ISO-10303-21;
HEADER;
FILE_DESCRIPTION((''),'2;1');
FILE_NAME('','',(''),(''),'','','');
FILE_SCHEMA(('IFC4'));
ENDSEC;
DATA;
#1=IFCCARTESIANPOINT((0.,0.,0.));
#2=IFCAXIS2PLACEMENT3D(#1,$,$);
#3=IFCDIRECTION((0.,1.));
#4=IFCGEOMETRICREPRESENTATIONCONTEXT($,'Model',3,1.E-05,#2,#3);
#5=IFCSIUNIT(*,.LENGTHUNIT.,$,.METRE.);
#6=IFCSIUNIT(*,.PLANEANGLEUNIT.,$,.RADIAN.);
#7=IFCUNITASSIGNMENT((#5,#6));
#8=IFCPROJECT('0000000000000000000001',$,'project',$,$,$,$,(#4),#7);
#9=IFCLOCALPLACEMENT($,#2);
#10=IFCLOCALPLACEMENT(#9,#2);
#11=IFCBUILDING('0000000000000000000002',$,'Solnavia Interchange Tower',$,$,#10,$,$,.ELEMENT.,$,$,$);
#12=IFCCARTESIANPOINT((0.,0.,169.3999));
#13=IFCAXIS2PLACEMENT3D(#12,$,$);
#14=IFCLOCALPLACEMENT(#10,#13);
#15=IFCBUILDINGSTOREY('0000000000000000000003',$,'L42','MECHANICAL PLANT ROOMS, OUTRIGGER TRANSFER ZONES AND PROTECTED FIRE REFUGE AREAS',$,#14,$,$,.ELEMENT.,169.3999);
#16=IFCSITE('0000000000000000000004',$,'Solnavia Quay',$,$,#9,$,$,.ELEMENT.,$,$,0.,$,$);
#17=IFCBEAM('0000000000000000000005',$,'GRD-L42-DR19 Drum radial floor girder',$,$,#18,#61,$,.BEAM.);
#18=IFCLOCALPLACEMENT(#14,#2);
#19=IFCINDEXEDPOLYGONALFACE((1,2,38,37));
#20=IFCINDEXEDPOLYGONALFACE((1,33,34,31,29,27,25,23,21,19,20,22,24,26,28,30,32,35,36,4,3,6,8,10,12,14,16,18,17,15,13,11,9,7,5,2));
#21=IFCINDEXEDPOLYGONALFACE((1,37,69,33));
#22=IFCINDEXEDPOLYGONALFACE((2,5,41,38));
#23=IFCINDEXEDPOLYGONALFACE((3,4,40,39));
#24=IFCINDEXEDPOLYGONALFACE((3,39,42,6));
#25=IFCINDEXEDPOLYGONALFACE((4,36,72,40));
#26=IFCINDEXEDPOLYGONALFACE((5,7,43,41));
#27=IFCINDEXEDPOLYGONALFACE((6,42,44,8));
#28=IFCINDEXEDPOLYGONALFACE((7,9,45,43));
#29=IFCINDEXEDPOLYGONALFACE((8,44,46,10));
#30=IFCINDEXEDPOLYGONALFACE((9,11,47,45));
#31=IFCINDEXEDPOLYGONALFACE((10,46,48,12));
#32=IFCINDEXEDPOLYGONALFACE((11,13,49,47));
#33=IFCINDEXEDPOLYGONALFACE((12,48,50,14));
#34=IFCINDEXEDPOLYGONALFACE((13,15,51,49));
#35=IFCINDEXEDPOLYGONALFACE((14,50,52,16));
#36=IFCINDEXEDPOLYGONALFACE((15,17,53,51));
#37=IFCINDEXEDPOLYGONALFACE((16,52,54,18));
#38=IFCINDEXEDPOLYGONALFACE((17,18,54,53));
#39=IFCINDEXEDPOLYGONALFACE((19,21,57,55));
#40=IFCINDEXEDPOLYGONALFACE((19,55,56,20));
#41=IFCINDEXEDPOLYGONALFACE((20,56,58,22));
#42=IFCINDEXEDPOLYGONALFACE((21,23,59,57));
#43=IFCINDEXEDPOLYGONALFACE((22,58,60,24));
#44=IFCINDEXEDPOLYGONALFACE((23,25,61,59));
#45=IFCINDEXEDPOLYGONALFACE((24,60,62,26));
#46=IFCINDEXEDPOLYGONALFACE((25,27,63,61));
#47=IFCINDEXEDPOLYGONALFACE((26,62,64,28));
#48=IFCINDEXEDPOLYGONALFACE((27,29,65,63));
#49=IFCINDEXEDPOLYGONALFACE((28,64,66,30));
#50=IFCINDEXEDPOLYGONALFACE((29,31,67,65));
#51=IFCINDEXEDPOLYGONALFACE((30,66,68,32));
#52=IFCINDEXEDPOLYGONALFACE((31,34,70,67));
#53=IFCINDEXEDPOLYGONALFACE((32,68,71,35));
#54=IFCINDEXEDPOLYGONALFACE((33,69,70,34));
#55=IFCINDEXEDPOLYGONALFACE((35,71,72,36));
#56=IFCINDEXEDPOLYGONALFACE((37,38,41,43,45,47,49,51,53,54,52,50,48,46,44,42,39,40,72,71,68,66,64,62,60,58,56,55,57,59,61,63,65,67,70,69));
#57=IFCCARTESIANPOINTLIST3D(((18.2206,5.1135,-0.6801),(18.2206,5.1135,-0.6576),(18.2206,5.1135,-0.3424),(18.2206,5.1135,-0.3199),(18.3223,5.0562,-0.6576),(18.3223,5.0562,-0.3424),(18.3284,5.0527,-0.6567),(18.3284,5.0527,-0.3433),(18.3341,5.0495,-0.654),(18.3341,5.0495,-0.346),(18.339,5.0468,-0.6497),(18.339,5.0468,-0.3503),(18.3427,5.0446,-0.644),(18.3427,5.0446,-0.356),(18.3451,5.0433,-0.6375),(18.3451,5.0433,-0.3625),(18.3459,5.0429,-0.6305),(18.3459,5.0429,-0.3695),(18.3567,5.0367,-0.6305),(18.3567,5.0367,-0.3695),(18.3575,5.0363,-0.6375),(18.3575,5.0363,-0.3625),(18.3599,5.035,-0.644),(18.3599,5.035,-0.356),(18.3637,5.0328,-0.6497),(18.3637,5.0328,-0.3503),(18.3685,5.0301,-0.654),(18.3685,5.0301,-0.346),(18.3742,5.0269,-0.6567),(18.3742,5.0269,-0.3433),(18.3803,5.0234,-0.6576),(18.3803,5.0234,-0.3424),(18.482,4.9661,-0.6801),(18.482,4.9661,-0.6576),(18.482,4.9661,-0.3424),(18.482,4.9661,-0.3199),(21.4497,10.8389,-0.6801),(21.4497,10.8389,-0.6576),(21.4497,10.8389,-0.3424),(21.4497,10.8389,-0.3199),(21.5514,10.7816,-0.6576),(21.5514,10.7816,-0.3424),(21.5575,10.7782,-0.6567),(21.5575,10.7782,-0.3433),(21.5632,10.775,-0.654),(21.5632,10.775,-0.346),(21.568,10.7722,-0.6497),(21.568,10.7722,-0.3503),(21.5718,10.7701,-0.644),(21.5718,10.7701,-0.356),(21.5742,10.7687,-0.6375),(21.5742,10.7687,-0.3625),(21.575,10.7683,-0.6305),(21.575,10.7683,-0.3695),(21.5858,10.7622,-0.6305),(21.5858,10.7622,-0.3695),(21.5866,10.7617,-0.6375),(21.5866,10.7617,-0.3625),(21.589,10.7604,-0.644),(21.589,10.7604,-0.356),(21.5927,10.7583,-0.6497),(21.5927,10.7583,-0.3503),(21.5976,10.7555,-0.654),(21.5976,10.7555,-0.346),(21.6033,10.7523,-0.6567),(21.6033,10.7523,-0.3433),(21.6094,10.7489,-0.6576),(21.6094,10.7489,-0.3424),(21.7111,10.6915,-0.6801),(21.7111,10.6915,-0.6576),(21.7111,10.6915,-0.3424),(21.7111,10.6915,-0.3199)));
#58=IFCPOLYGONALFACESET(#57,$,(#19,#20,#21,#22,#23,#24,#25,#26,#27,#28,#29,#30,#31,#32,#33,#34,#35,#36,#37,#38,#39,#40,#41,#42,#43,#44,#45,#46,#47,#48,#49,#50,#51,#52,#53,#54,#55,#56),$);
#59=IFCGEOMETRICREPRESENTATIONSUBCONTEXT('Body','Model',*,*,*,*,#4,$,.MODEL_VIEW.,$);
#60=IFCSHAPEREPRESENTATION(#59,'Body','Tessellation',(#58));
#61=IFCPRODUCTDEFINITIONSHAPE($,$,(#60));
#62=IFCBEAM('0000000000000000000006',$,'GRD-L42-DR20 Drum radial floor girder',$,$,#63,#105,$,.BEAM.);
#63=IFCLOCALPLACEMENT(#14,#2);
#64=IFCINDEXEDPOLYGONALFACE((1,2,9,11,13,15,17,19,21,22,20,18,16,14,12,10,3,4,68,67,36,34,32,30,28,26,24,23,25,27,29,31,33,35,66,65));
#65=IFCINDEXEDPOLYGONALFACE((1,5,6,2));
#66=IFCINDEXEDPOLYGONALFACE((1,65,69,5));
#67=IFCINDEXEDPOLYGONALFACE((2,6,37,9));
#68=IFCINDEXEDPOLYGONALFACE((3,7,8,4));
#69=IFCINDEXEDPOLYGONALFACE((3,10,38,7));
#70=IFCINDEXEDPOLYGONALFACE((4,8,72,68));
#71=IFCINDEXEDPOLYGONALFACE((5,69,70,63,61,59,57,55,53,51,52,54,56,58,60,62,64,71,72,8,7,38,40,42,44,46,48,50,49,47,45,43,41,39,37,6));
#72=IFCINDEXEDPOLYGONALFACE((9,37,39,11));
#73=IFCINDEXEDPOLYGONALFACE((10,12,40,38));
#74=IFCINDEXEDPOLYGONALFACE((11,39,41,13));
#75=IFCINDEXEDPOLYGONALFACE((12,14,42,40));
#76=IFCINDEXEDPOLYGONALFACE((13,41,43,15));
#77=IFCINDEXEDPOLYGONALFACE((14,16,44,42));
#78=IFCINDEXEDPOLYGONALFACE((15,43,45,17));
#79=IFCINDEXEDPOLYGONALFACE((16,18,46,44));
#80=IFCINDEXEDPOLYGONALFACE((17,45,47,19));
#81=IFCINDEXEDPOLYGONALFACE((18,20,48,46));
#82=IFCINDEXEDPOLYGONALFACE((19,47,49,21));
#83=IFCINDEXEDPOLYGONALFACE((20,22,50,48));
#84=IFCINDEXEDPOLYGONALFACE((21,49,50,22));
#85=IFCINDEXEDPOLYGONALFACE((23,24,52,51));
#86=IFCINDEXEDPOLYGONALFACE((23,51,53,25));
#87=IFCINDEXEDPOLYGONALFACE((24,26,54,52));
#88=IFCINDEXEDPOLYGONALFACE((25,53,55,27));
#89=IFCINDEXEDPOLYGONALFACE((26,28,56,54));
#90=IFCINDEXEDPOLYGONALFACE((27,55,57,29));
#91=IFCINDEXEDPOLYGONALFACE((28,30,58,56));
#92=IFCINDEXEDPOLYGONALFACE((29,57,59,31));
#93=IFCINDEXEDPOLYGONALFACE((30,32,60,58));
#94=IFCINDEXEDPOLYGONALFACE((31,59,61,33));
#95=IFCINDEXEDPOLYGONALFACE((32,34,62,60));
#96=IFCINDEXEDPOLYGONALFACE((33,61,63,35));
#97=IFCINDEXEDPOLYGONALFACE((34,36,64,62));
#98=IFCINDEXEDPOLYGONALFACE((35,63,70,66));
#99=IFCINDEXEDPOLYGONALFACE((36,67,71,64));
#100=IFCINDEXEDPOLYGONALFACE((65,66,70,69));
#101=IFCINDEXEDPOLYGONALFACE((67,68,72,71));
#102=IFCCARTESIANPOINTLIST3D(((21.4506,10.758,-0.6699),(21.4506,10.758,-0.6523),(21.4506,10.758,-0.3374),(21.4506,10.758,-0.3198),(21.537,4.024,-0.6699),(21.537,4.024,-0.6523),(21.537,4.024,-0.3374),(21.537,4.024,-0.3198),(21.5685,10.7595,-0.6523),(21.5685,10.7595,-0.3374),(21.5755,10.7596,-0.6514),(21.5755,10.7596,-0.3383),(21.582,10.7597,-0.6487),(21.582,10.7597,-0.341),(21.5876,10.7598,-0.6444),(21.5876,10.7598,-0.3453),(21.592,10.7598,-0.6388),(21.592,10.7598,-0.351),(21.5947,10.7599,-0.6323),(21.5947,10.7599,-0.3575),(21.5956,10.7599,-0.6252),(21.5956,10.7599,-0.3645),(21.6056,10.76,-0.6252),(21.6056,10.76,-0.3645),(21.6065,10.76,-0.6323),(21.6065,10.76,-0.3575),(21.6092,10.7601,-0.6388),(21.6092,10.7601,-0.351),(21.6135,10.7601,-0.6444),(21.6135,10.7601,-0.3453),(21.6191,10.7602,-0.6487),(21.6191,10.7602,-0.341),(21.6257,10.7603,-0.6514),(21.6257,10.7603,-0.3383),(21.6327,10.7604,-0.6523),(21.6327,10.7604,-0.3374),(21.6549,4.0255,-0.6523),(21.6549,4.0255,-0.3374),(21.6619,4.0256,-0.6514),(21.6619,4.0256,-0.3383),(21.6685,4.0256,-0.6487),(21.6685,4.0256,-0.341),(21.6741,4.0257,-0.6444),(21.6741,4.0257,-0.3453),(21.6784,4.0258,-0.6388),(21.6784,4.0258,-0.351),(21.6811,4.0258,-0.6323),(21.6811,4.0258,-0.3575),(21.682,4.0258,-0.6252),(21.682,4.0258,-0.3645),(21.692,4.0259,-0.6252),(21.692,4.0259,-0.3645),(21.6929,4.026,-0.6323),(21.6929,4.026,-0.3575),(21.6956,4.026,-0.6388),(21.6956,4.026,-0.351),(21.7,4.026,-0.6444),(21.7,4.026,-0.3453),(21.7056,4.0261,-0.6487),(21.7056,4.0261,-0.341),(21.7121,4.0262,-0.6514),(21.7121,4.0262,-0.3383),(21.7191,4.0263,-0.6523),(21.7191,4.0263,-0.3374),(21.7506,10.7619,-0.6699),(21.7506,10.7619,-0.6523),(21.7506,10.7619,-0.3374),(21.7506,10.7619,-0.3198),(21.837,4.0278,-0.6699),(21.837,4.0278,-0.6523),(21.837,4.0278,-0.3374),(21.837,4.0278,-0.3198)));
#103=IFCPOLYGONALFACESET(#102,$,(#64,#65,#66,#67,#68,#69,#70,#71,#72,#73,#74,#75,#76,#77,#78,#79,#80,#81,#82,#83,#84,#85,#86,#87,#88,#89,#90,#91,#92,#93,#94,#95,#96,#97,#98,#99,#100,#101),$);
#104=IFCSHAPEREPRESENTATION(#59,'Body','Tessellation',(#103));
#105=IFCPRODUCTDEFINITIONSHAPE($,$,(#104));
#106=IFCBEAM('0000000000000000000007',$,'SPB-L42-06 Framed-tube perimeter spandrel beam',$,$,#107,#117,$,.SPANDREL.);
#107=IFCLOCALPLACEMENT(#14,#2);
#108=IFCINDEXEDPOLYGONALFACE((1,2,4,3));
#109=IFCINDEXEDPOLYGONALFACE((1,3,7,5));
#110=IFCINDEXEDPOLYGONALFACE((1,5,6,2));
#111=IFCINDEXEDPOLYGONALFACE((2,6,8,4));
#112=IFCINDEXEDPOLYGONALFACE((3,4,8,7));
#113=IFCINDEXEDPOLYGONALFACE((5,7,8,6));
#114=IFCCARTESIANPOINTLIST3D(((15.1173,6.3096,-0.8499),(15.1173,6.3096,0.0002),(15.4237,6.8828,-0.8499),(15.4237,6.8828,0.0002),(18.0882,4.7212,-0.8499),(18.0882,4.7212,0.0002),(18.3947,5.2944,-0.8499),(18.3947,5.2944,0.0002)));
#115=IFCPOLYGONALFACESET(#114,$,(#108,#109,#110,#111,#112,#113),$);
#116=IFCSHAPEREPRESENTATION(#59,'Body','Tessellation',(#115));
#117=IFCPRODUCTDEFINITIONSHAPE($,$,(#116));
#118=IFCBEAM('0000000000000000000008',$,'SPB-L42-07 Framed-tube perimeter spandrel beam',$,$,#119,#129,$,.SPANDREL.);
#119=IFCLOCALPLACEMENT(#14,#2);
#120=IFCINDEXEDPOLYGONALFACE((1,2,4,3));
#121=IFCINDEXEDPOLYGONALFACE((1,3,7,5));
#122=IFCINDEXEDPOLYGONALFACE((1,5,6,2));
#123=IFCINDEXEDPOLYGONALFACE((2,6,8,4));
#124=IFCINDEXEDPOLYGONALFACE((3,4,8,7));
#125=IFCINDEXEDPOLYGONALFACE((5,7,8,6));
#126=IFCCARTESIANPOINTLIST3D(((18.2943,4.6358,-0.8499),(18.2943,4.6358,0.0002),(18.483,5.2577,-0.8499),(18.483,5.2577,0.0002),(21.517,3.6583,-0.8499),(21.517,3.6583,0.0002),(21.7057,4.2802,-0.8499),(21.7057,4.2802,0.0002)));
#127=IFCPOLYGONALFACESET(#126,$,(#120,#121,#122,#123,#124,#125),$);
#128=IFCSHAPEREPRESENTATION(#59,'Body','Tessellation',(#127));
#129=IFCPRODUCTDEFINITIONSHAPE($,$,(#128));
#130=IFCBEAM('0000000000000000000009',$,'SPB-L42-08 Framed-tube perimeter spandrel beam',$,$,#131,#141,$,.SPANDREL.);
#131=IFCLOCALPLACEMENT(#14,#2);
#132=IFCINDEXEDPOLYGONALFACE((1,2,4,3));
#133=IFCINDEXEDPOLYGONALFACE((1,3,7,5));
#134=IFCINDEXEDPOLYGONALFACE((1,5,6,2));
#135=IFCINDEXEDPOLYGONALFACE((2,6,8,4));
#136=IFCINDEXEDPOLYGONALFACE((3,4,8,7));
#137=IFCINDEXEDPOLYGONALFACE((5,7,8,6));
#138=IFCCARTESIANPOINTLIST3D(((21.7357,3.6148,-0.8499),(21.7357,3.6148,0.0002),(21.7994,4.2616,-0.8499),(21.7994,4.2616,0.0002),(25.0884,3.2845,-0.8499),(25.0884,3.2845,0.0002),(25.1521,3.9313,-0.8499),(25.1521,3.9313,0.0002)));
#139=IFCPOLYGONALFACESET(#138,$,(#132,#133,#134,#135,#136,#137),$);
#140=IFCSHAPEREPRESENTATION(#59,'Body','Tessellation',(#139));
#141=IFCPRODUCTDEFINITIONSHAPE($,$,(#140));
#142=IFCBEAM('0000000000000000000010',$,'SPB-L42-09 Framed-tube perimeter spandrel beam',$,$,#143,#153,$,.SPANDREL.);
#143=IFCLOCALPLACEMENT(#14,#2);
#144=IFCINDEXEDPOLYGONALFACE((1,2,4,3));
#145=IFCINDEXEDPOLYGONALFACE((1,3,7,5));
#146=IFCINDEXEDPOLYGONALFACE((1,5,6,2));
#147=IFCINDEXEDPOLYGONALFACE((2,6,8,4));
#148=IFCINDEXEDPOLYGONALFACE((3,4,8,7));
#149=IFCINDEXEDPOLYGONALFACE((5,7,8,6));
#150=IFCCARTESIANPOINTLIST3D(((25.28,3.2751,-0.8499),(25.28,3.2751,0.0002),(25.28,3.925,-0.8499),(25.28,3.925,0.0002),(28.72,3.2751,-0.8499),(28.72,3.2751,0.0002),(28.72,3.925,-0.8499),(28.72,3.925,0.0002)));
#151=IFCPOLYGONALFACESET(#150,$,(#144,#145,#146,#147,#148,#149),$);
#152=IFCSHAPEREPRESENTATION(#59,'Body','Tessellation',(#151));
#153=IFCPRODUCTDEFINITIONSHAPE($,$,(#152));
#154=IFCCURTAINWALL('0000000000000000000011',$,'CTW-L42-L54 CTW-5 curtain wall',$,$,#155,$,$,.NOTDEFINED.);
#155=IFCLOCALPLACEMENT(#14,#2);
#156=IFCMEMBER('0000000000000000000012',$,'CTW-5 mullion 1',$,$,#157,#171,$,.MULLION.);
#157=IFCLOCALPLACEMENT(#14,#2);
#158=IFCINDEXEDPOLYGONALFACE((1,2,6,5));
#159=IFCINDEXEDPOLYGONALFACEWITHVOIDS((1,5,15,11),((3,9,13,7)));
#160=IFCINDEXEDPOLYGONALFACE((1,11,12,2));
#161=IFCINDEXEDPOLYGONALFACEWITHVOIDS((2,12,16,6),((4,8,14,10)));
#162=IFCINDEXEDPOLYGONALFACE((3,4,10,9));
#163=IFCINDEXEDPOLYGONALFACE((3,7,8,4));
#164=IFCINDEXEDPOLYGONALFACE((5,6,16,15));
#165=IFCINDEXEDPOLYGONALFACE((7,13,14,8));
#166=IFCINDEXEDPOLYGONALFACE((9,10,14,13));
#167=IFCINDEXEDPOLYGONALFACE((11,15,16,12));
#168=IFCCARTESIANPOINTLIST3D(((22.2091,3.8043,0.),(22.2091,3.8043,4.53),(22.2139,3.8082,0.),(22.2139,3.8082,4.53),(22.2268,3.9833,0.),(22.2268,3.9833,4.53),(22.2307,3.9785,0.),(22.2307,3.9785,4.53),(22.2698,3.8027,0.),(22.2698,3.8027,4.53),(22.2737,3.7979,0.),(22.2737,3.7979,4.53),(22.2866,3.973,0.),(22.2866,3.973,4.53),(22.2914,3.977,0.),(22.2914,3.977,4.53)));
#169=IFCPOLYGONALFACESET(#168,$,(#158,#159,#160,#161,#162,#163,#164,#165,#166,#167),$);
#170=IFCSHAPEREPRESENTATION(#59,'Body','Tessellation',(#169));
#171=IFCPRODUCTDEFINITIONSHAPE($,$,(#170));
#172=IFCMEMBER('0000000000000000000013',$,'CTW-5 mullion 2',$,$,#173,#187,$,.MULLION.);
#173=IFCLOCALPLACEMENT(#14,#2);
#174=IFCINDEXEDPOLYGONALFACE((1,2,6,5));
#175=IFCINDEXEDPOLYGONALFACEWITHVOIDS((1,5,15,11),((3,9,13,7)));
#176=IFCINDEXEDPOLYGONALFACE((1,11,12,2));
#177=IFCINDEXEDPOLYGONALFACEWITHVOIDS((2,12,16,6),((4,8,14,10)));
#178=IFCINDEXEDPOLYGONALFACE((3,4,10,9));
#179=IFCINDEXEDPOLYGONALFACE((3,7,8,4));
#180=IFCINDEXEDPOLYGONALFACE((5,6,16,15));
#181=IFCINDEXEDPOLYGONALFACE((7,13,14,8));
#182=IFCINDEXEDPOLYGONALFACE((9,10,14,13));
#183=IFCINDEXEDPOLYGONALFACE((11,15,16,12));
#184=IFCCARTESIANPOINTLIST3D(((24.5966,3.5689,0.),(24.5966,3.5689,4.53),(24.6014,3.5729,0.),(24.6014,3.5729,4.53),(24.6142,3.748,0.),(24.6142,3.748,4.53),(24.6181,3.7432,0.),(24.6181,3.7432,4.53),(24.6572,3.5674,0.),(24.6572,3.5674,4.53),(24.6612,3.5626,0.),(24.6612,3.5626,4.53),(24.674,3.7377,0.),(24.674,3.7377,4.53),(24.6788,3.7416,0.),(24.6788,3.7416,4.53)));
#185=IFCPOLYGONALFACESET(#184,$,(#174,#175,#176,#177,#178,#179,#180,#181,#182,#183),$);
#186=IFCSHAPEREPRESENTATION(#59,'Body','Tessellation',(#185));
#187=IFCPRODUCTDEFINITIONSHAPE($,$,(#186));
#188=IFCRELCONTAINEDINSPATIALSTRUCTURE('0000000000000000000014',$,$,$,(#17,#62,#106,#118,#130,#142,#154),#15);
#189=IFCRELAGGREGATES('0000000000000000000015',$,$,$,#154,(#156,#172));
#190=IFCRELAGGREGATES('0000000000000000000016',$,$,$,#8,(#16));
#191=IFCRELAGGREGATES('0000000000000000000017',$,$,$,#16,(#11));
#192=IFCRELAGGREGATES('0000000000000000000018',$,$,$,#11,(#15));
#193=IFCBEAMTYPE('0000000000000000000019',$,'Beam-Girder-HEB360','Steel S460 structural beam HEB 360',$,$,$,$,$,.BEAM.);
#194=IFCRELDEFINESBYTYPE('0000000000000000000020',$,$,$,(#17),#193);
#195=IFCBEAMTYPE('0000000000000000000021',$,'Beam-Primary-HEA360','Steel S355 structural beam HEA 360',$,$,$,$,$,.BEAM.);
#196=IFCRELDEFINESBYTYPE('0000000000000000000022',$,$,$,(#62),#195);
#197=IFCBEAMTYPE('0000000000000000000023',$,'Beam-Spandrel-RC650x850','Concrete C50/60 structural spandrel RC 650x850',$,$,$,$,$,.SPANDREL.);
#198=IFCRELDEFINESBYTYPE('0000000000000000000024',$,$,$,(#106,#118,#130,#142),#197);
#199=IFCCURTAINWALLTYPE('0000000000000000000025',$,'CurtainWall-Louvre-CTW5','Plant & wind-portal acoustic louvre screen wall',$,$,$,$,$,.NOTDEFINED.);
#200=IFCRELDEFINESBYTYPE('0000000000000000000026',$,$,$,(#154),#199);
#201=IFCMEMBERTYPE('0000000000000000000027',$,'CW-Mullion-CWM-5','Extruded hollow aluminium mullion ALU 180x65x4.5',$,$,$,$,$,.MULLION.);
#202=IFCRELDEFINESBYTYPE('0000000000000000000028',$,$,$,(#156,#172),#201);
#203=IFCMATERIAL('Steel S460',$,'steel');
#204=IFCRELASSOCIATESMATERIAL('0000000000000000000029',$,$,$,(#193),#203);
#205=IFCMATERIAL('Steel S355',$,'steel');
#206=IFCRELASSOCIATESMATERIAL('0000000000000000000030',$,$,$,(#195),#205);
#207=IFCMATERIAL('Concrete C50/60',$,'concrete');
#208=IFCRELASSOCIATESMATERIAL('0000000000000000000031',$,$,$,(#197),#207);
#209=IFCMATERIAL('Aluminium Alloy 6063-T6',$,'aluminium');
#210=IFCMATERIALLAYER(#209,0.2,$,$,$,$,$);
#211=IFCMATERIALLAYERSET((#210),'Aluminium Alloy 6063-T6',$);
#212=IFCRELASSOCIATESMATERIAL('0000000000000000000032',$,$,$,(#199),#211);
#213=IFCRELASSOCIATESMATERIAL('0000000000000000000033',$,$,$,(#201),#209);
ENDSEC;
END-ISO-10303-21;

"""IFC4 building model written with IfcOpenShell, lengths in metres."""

from ifc_helpers import new_model, si_unit, direction, frame, origin, origin_2d, place, context, subcontext, project, spatial, rectangle, hollow_rectangle, i_section, extrude, material, layer, layer_set, material_profile, profile_set, type_object, element, aggregate, save


model = new_model("IFC4")

# Units and contexts
model_context = context("Model", 3, precision=1e-05, world=origin(), true_north=direction((0.0, 1.0)))
body_context = subcontext(model_context, "Body", "Model", "MODEL_VIEW")
ifc_project = project(units=[si_unit("LENGTHUNIT", "METRE"), si_unit("PLANEANGLEUNIT", "RADIAN")], contexts=[model_context])

# Site, building, storey
site_placement = place(None, origin())
site = spatial("IfcSite", under=ifc_project, at=site_placement, Name="Solnavia Quay", CompositionType="ELEMENT", RefElevation=0.0)
building_placement = place(site_placement, origin())
building = spatial("IfcBuilding", under=site, at=building_placement, Name="Solnavia Interchange Tower", CompositionType="ELEMENT")
storey_placement = place(building_placement, frame((0.0, 0.0, 169.3999)))
storey = spatial("IfcBuildingStorey", under=building, at=storey_placement, Name="L42", Description="MECHANICAL PLANT ROOMS, OUTRIGGER TRANSFER ZONES AND PROTECTED FIRE REFUGE AREAS", CompositionType="ELEMENT", Elevation=169.3999)

# Shared definitions
ifc_material_1 = material(Name="Concrete C50/60", Category="concrete")
ifc_material_2 = material(Name="Steel S355", Category="steel")

# Beams
ifc_material_3 = material(Name="Steel S460", Category="steel")
ifc_material_profile_1 = material_profile(ifc_material_3, i_section(OverallWidth=0.3, OverallDepth=0.3601, WebThickness=0.0125, FlangeThickness=0.0225, FilletRadius=0.0271, at=origin_2d()), Name="HEB 360")
ifc_profile_set_1 = profile_set([ifc_material_profile_1], Name="Steel S460")
beam_type_1 = type_object("IfcBeamType", Name="Beam-Girder-HEB360", Description="Steel S460 structural beam HEB 360", PredefinedType="BEAM", material=ifc_profile_set_1)
beam_1_placement = place(storey_placement, frame((18.3513, 5.0398, -0.5), z_axis=(0.491243, 0.871022, 0.0), x_axis=(-0.871022, 0.491243, 0.0)))
element("IfcBeam", 1, at=beam_1_placement, inside=storey, type_object=beam_type_1, Name="GRD-L42-DR19 Drum radial floor girder", PredefinedType="BEAM", context=body_context, shape_type="SweptSolid", body=[
    extrude(i_section(OverallWidth=0.3, OverallDepth=0.3601, WebThickness=0.0125, FlangeThickness=0.0225, FilletRadius=0.0271, at=origin_2d()), origin(), (0.0, 0.0, 1.0), 6.5732),
])
ifc_material_profile_2 = material_profile(ifc_material_2, i_section(OverallWidth=0.3, OverallDepth=0.3501, WebThickness=0.01, FlangeThickness=0.0176, FilletRadius=0.0271, at=origin_2d()), Name="HEA 360")
ifc_profile_set_2 = profile_set([ifc_material_profile_2], Name="Steel S355")
beam_type_2 = type_object("IfcBeamType", Name="Beam-Primary-HEA360", Description="Steel S355 structural beam HEA 360", PredefinedType="BEAM", material=ifc_profile_set_2)
beam_2_placement = place(storey_placement, frame((21.687, 4.0259, -0.4949), z_axis=(-0.012833, 0.999918, 0.0), x_axis=(-0.999918, -0.012833, 0.0)))
element("IfcBeam", 2, at=beam_2_placement, inside=storey, type_object=beam_type_2, Name="GRD-L42-DR20 Drum radial floor girder", PredefinedType="BEAM", context=body_context, shape_type="SweptSolid", body=[
    extrude(i_section(OverallWidth=0.3, OverallDepth=0.3501, WebThickness=0.01, FlangeThickness=0.0176, FilletRadius=0.0271, at=origin_2d()), origin(), (0.0, 0.0, 1.0), 6.7346),
])
ifc_material_profile_3 = material_profile(ifc_material_1, rectangle(XDim=0.6499, YDim=0.8501, at=origin_2d()), Name="RC 650x850")
ifc_profile_set_3 = profile_set([ifc_material_profile_3], Name="Concrete C50/60")
beam_type_3 = type_object("IfcBeamType", Name="Beam-Spandrel-RC650x850", Description="Concrete C50/60 structural spandrel RC 650x850", PredefinedType="SPANDREL", material=ifc_profile_set_3)
beam_3_placement = place(storey_placement, frame((15.2705, 6.5962, -0.4248), z_axis=(0.881875, -0.471483, 0.0), x_axis=(0.471483, 0.881875, 0.0)))
element("IfcBeam", 3, at=beam_3_placement, inside=storey, type_object=beam_type_3, Name="SPB-L42-06 Framed-tube perimeter spandrel beam", PredefinedType="SPANDREL", context=body_context, shape_type="SweptSolid", body=[
    extrude(rectangle(XDim=0.6499, YDim=0.8501, at=origin_2d()), origin(), (0.0, 0.0, 1.0), 3.3689),
])
beam_4_placement = place(storey_placement, frame((18.3887, 4.9468, -0.4248), z_axis=(0.956944, -0.290273, 0.0), x_axis=(0.290273, 0.956944, 0.0)))
element("IfcBeam", 4, at=beam_4_placement, inside=storey, type_object=beam_type_3, Name="SPB-L42-07 Framed-tube perimeter spandrel beam", PredefinedType="SPANDREL", context=body_context, shape_type="SweptSolid", body=[
    extrude(rectangle(XDim=0.6499, YDim=0.8501, at=origin_2d()), origin(), (0.0, 0.0, 1.0), 3.3677),
])
beam_5_placement = place(storey_placement, frame((21.7676, 3.9382, -0.4248), z_axis=(0.995182, -0.098047, 0.0), x_axis=(0.098047, 0.995182, 0.0)))
element("IfcBeam", 5, at=beam_5_placement, inside=storey, type_object=beam_type_3, Name="SPB-L42-08 Framed-tube perimeter spandrel beam", PredefinedType="SPANDREL", context=body_context, shape_type="SweptSolid", body=[
    extrude(rectangle(XDim=0.6499, YDim=0.8501, at=origin_2d()), origin(), (0.0, 0.0, 1.0), 3.3689),
])
beam_6_placement = place(storey_placement, frame((25.28, 3.6001, -0.4248), z_axis=(1.0, 0.0, 0.0), x_axis=(0.0, 1.0, 0.0)))
element("IfcBeam", 6, at=beam_6_placement, inside=storey, type_object=beam_type_3, Name="SPB-L42-09 Framed-tube perimeter spandrel beam", PredefinedType="SPANDREL", context=body_context, shape_type="SweptSolid", body=[
    extrude(rectangle(XDim=0.6499, YDim=0.8501, at=origin_2d()), origin(), (0.0, 0.0, 1.0), 3.4399),
])

# Curtain wall, members
ifc_material_4 = material(Name="Aluminium Alloy 6063-T6", Category="aluminium")
ifc_layer_1 = layer(ifc_material_4, 0.2)
ifc_layer_set_1 = layer_set([ifc_layer_1], Name="Aluminium Alloy 6063-T6")
curtain_wall_type = type_object("IfcCurtainWallType", Name="CurtainWall-Louvre-CTW5", Description="Plant & wind-portal acoustic louvre screen wall", PredefinedType="NOTDEFINED", material=ifc_layer_set_1)
curtain_wall_placement = place(storey_placement, origin())
curtain_wall = element("IfcCurtainWall", 7, at=curtain_wall_placement, inside=storey, type_object=curtain_wall_type, Name="CTW-L42-L54 CTW-5 curtain wall", PredefinedType="NOTDEFINED")
ifc_material_profile_4 = material_profile(ifc_material_4, hollow_rectangle(XDim=0.0649, YDim=0.1799, WallThickness=0.0044, at=origin_2d()), Name="ALU 180x65x4.5")
ifc_profile_set_4 = profile_set([ifc_material_profile_4], Name="Aluminium Alloy 6063-T6")
member_type_1 = type_object("IfcMemberType", Name="CW-Mullion-CWM-5", Description="Extruded hollow aluminium mullion ALU 180x65x4.5", PredefinedType="MULLION", material=ifc_profile_set_4)
member_1_placement = place(storey_placement, frame((22.2502, 3.8906, 0.0), z_axis=(0.0, 0.0, 1.0), x_axis=(0.995182, -0.098049, 0.0)))
member_1 = element("IfcMember", 8, at=member_1_placement, type_object=member_type_1, Name="CTW-5 mullion 1", PredefinedType="MULLION", context=body_context, shape_type="SweptSolid", body=[
    extrude(hollow_rectangle(XDim=0.0649, YDim=0.1799, WallThickness=0.0044, at=origin_2d()), origin(), (0.0, 0.0, 1.0), 4.53),
])
member_2_placement = place(storey_placement, frame((24.6377, 3.6553, 0.0), z_axis=(0.0, 0.0, 1.0), x_axis=(0.995182, -0.098049, 0.0)))
member_2 = element("IfcMember", 9, at=member_2_placement, type_object=member_type_1, Name="CTW-5 mullion 2", PredefinedType="MULLION", context=body_context, shape_type="SweptSolid", body=[
    extrude(hollow_rectangle(XDim=0.0649, YDim=0.1799, WallThickness=0.0044, at=origin_2d()), origin(), (0.0, 0.0, 1.0), 4.53),
])
aggregate(curtain_wall, [member_1, member_2])

save(model, "model.ifc")
